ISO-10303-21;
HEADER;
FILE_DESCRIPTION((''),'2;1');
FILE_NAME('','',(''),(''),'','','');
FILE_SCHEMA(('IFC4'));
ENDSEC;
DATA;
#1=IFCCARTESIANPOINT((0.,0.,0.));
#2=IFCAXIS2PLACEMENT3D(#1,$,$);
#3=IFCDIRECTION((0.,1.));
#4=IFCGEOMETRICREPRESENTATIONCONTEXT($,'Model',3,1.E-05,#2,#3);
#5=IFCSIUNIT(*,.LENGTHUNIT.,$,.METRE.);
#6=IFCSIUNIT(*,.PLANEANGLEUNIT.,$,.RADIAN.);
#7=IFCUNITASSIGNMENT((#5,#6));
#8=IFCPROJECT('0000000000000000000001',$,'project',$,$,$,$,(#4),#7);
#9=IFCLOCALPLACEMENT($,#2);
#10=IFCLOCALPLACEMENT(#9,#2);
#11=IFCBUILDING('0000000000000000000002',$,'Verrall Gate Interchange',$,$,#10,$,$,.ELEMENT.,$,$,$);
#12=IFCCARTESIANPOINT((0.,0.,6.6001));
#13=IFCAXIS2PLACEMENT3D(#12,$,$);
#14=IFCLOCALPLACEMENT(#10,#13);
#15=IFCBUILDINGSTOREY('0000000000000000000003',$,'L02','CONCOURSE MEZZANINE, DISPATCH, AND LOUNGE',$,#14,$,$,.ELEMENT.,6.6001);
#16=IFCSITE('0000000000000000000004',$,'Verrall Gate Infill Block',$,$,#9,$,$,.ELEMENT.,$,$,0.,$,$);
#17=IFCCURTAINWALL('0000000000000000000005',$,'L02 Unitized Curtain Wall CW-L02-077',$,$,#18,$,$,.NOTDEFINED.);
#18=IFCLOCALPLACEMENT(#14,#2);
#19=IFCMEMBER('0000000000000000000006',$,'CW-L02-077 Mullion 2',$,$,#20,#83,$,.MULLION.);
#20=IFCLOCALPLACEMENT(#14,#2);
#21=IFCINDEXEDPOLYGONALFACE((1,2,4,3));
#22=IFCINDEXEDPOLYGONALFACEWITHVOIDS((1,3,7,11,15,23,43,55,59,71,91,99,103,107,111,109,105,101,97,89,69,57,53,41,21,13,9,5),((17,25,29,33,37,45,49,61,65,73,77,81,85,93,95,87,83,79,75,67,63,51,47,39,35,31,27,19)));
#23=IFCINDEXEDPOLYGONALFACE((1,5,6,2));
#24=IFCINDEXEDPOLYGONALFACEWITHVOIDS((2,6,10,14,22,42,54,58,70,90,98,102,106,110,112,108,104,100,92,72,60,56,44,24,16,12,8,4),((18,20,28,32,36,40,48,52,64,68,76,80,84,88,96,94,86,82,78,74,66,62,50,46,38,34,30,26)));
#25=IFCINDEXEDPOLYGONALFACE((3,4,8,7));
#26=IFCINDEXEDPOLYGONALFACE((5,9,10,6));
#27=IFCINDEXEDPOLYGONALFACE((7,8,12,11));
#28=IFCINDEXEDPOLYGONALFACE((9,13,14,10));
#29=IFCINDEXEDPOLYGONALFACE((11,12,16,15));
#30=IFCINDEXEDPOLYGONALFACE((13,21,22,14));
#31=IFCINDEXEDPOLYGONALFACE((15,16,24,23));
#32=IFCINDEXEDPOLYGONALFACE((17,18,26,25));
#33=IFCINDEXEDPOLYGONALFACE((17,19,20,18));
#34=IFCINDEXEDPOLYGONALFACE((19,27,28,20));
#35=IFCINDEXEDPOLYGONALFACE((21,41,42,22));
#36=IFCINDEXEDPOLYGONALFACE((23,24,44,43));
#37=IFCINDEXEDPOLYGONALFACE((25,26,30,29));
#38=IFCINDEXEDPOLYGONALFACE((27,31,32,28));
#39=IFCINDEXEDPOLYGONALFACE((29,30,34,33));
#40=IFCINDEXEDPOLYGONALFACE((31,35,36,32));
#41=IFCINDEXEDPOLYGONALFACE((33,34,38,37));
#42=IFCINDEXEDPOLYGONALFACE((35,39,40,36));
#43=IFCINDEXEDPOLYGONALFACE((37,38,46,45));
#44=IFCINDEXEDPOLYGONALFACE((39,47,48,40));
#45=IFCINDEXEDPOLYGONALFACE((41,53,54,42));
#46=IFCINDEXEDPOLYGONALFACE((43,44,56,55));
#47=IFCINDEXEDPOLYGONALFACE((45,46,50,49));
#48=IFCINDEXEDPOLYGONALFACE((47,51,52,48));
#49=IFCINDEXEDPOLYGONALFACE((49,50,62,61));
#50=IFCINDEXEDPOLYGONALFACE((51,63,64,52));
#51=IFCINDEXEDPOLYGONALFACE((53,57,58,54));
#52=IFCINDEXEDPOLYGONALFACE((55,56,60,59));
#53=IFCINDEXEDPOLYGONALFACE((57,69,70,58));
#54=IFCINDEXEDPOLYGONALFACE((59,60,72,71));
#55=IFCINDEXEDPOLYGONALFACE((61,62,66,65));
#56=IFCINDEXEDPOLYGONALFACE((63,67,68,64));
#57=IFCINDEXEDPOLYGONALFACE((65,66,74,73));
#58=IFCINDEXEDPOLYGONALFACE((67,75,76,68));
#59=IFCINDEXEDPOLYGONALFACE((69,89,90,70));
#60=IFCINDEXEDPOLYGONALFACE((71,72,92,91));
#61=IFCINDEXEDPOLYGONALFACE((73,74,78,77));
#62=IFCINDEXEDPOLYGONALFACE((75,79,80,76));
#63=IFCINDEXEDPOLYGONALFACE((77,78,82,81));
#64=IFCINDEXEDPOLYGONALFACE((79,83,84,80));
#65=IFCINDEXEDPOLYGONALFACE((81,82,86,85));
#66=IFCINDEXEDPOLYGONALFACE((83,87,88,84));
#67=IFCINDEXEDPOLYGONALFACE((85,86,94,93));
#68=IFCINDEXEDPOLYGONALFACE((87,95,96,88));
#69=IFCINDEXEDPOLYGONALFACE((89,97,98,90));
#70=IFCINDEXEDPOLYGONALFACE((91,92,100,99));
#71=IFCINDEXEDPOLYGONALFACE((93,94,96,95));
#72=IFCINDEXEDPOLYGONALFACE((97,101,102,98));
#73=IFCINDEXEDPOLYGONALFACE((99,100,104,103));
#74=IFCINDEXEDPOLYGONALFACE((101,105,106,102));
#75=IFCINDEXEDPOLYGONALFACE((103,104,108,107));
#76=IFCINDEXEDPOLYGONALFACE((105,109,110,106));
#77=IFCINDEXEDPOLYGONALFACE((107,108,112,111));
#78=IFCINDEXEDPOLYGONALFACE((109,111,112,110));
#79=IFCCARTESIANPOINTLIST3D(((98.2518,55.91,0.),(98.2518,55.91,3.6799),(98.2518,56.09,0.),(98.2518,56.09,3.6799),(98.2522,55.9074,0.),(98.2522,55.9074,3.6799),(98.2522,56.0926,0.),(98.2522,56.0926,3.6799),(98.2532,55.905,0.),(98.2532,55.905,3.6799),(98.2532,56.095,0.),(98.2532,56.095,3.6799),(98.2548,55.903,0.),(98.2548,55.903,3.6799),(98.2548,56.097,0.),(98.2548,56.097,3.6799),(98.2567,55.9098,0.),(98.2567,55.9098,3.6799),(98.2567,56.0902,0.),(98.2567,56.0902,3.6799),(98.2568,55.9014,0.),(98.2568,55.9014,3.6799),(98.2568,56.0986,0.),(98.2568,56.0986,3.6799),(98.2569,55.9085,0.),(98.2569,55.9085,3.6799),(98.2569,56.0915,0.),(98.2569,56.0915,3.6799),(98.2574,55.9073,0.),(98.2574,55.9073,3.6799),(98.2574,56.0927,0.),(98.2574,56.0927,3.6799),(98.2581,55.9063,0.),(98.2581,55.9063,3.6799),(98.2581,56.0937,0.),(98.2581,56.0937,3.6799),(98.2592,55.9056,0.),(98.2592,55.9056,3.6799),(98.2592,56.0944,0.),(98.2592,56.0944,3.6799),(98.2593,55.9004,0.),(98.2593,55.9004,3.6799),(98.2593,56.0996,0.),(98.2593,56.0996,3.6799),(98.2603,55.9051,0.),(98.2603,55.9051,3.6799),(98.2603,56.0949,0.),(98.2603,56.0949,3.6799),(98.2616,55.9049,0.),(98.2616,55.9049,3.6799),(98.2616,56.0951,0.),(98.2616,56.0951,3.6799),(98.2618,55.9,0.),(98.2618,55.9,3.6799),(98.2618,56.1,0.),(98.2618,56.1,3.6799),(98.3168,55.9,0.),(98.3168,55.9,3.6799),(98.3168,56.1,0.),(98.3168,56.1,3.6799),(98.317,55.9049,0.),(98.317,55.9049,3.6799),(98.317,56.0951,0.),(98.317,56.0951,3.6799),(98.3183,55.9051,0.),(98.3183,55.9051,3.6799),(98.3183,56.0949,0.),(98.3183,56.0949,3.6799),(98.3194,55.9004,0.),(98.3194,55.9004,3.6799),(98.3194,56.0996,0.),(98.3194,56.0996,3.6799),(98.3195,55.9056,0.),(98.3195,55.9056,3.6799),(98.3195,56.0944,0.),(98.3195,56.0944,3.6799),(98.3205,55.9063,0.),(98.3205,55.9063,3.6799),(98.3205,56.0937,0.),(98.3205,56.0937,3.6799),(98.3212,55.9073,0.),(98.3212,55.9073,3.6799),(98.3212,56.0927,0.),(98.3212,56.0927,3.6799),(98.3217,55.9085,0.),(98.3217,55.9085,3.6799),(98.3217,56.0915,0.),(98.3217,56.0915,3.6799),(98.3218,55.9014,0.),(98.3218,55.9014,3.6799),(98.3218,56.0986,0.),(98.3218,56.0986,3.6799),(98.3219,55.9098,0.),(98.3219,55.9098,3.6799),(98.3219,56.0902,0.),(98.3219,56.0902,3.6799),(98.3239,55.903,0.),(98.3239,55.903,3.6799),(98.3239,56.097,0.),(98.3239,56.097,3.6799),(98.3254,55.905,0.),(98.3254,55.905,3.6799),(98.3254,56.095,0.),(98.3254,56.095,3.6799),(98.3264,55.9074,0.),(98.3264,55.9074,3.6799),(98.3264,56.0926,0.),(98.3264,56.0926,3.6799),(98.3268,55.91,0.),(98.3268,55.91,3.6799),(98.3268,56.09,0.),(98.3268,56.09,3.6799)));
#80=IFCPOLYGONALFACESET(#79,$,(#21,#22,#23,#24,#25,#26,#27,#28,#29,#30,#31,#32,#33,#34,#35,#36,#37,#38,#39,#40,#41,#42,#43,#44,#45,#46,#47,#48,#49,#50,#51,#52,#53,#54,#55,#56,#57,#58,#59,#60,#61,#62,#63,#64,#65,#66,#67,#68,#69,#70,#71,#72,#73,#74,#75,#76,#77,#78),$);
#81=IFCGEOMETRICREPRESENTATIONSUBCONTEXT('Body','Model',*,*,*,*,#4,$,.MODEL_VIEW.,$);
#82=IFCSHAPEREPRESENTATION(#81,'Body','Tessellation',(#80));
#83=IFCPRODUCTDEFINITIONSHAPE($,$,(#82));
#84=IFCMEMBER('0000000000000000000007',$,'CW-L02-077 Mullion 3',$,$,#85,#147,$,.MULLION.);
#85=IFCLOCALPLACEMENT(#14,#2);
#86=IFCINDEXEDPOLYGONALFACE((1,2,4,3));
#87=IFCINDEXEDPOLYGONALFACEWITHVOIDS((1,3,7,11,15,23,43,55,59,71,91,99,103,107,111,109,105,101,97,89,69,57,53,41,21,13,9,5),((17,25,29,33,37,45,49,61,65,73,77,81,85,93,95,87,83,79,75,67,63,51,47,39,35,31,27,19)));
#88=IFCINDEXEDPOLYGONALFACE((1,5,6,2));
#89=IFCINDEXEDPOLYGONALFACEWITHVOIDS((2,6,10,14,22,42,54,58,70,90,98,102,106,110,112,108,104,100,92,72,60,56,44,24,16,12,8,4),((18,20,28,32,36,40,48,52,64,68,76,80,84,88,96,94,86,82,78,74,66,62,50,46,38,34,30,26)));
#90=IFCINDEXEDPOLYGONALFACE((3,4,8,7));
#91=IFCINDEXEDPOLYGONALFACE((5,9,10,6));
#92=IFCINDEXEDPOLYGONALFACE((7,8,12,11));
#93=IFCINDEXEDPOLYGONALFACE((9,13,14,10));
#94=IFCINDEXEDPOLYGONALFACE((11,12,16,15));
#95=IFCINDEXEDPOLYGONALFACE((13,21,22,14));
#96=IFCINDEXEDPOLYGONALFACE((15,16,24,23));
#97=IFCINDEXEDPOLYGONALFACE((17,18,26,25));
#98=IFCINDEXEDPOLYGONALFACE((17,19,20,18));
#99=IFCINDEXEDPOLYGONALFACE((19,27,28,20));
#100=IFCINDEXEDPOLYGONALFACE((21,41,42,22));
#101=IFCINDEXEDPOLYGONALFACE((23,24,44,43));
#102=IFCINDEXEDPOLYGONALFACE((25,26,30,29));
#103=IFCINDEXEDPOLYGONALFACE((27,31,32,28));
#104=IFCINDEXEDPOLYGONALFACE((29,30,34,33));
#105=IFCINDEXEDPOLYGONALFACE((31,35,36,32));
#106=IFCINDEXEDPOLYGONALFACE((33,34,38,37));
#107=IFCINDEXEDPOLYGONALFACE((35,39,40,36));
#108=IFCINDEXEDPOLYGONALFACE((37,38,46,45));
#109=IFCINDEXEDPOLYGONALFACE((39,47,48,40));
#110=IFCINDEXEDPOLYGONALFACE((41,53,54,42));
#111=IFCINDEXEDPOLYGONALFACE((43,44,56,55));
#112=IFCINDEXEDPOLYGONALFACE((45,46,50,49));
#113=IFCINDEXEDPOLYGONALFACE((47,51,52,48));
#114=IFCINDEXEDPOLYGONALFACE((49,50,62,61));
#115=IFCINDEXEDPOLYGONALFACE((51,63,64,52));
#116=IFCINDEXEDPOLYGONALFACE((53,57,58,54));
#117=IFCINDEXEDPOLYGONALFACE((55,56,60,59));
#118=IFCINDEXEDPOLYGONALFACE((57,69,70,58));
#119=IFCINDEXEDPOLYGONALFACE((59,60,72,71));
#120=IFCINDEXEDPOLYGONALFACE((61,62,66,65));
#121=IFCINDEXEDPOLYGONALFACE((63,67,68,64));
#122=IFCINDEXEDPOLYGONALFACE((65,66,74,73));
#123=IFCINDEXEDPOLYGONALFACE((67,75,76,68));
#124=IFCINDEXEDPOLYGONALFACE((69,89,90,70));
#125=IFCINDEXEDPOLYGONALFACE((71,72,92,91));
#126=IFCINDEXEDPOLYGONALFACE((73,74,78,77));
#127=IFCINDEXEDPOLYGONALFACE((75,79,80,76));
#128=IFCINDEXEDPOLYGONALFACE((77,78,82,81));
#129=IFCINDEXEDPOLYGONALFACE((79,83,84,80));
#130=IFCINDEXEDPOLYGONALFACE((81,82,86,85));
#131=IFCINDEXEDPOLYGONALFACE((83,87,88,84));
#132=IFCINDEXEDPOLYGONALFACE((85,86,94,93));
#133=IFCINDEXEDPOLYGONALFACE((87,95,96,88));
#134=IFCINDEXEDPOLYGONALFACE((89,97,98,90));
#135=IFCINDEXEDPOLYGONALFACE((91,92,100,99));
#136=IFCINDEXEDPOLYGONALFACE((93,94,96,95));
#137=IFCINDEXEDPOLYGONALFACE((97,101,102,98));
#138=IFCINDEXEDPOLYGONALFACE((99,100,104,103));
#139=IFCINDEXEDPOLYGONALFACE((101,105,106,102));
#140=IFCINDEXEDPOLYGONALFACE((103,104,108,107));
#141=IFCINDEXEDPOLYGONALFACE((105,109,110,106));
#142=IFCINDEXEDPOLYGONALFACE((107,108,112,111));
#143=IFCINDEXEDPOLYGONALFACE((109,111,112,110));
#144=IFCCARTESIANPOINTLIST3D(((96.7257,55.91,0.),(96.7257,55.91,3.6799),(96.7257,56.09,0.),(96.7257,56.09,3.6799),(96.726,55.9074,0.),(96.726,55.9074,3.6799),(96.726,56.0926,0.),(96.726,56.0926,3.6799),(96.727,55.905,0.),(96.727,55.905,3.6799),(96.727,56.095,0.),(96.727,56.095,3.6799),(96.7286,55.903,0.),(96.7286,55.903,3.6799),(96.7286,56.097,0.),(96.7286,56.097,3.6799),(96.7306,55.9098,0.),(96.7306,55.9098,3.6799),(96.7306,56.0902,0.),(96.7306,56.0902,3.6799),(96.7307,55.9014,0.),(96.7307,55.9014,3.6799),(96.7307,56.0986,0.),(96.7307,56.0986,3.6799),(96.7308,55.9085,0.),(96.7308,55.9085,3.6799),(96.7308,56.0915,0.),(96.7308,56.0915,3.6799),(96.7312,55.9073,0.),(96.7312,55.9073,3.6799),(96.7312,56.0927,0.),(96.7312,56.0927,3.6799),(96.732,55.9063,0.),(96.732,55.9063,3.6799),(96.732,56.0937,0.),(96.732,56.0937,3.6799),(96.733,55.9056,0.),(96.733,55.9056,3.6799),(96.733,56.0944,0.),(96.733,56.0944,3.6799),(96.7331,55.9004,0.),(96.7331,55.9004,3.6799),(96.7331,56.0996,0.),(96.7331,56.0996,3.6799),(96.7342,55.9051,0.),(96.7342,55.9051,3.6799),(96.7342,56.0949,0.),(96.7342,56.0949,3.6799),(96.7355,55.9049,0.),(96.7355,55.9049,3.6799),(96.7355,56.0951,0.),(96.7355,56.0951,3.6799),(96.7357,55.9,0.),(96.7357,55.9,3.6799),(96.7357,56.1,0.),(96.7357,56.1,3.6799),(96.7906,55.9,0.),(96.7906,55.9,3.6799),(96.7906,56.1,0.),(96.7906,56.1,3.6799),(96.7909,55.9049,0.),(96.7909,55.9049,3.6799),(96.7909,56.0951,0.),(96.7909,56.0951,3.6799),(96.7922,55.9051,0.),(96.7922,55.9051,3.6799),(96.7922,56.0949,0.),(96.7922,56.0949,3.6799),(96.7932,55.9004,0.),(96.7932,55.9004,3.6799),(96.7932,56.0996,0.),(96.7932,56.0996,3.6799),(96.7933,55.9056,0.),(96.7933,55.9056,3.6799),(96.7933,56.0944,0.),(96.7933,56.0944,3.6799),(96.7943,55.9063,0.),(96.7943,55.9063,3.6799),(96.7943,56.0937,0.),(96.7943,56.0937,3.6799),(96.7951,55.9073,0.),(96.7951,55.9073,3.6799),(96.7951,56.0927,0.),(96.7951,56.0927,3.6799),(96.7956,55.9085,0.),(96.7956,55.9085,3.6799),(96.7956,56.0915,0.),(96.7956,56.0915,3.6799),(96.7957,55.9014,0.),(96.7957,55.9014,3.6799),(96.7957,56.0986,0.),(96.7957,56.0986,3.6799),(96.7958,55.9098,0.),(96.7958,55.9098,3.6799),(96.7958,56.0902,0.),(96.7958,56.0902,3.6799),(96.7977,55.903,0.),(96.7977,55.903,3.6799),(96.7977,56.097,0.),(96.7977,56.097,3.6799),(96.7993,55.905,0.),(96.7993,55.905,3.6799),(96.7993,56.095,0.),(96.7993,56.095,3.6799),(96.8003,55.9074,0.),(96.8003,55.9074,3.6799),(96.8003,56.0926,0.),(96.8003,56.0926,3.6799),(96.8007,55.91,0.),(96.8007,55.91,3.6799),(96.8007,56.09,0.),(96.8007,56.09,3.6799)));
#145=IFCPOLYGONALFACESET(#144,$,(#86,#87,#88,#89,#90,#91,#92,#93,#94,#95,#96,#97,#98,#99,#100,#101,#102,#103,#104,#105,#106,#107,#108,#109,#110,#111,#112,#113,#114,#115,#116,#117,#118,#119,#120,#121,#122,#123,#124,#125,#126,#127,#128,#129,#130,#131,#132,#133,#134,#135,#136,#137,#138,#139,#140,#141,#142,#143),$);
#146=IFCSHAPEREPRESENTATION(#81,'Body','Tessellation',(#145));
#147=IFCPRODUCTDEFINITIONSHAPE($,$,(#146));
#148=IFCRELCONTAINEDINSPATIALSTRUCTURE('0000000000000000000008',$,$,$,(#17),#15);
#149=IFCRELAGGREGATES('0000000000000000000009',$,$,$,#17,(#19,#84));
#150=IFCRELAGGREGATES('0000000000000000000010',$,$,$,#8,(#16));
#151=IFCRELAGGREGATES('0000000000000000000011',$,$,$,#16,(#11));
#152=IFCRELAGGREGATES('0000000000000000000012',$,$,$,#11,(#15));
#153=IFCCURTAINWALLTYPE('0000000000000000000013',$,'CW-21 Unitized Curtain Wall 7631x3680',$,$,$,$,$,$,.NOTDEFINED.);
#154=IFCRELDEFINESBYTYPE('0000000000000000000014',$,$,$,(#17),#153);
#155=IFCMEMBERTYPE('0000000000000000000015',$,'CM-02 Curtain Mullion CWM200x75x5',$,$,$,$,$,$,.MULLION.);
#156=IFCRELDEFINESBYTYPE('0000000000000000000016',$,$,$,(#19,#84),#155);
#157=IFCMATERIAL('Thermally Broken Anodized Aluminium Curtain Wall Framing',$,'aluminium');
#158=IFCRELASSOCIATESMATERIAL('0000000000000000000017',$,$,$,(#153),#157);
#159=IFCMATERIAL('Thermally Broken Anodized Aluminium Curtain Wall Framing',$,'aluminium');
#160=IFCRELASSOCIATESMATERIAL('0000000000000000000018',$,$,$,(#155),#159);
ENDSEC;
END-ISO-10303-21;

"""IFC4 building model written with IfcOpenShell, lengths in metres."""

from ifc_helpers import new_model, si_unit, direction, frame, origin, origin_2d, place, context, subcontext, project, spatial, hollow_rectangle, extrude, material, material_profile, profile_set, type_object, element, aggregate, save


model = new_model("IFC4")

# Units and contexts
model_context = context("Model", 3, precision=1e-05, world=origin(), true_north=direction((0.0, 1.0)))
body_context = subcontext(model_context, "Body", "Model", "MODEL_VIEW")
ifc_project = project(units=[si_unit("LENGTHUNIT", "METRE"), si_unit("PLANEANGLEUNIT", "RADIAN")], contexts=[model_context])

# Site, building, storey
site_placement = place(None, origin())
site = spatial("IfcSite", under=ifc_project, at=site_placement, Name="Verrall Gate Infill Block", CompositionType="ELEMENT", RefElevation=0.0)
building_placement = place(site_placement, origin())
building = spatial("IfcBuilding", under=site, at=building_placement, Name="Verrall Gate Interchange", CompositionType="ELEMENT")
storey_placement = place(building_placement, frame((0.0, 0.0, 6.6001)))
storey = spatial("IfcBuildingStorey", under=building, at=storey_placement, Name="L02", Description="CONCOURSE MEZZANINE, DISPATCH, AND LOUNGE", CompositionType="ELEMENT", Elevation=6.6001)

# Shared definitions
ifc_material_1 = material(Name="Thermally Broken Anodized Aluminium Curtain Wall Framing", Category="aluminium")
curtain_wall_type = type_object("IfcCurtainWallType", Name="CW-21 Unitized Curtain Wall 7631x3680", PredefinedType="NOTDEFINED", material=ifc_material_1)

# Curtain wall, members
curtain_wall_1_placement = place(storey_placement, origin())
curtain_wall_1 = element("IfcCurtainWall", 1, at=curtain_wall_1_placement, inside=storey, type_object=curtain_wall_type, Name="L02 Unitized Curtain Wall CW-L02-077", PredefinedType="NOTDEFINED")
ifc_material_2 = material(Name="Thermally Broken Anodized Aluminium Curtain Wall Framing", Category="aluminium")
ifc_material_profile_1 = material_profile(ifc_material_2, hollow_rectangle(XDim=0.075, YDim=0.2, WallThickness=0.0049, InnerFilletRadius=0.0049, OuterFilletRadius=0.01, at=origin_2d()), Name="CWM200x75x5")
ifc_profile_set_1 = profile_set([ifc_material_profile_1], Name="Thermally Broken Anodized Aluminium Curtain Wall Framing")
member_type_1 = type_object("IfcMemberType", Name="CM-02 Curtain Mullion CWM200x75x5", PredefinedType="MULLION", material=ifc_profile_set_1)
member_1_placement = place(storey_placement, frame((98.2893, 56.0, 0.0), z_axis=(0.0, 0.0, 1.0), x_axis=(-1.0, 0.0, 0.0)))
member_1 = element("IfcMember", 2, at=member_1_placement, type_object=member_type_1, Name="CW-L02-077 Mullion 2", PredefinedType="MULLION", context=body_context, shape_type="SweptSolid", body=[
    extrude(hollow_rectangle(XDim=0.075, YDim=0.2, WallThickness=0.0049, InnerFilletRadius=0.0049, OuterFilletRadius=0.01, at=origin_2d()), origin(), (0.0, 0.0, 1.0), 3.6799),
])
member_2_placement = place(storey_placement, frame((96.7632, 56.0, 0.0), z_axis=(0.0, 0.0, 1.0), x_axis=(-1.0, 0.0, 0.0)))
member_2 = element("IfcMember", 3, at=member_2_placement, type_object=member_type_1, Name="CW-L02-077 Mullion 3", PredefinedType="MULLION", context=body_context, shape_type="SweptSolid", body=[
    extrude(hollow_rectangle(XDim=0.075, YDim=0.2, WallThickness=0.0049, InnerFilletRadius=0.0049, OuterFilletRadius=0.01, at=origin_2d()), origin(), (0.0, 0.0, 1.0), 3.6799),
])

aggregate(curtain_wall_1, [member_1, member_2])

save(model, "model.ifc")
